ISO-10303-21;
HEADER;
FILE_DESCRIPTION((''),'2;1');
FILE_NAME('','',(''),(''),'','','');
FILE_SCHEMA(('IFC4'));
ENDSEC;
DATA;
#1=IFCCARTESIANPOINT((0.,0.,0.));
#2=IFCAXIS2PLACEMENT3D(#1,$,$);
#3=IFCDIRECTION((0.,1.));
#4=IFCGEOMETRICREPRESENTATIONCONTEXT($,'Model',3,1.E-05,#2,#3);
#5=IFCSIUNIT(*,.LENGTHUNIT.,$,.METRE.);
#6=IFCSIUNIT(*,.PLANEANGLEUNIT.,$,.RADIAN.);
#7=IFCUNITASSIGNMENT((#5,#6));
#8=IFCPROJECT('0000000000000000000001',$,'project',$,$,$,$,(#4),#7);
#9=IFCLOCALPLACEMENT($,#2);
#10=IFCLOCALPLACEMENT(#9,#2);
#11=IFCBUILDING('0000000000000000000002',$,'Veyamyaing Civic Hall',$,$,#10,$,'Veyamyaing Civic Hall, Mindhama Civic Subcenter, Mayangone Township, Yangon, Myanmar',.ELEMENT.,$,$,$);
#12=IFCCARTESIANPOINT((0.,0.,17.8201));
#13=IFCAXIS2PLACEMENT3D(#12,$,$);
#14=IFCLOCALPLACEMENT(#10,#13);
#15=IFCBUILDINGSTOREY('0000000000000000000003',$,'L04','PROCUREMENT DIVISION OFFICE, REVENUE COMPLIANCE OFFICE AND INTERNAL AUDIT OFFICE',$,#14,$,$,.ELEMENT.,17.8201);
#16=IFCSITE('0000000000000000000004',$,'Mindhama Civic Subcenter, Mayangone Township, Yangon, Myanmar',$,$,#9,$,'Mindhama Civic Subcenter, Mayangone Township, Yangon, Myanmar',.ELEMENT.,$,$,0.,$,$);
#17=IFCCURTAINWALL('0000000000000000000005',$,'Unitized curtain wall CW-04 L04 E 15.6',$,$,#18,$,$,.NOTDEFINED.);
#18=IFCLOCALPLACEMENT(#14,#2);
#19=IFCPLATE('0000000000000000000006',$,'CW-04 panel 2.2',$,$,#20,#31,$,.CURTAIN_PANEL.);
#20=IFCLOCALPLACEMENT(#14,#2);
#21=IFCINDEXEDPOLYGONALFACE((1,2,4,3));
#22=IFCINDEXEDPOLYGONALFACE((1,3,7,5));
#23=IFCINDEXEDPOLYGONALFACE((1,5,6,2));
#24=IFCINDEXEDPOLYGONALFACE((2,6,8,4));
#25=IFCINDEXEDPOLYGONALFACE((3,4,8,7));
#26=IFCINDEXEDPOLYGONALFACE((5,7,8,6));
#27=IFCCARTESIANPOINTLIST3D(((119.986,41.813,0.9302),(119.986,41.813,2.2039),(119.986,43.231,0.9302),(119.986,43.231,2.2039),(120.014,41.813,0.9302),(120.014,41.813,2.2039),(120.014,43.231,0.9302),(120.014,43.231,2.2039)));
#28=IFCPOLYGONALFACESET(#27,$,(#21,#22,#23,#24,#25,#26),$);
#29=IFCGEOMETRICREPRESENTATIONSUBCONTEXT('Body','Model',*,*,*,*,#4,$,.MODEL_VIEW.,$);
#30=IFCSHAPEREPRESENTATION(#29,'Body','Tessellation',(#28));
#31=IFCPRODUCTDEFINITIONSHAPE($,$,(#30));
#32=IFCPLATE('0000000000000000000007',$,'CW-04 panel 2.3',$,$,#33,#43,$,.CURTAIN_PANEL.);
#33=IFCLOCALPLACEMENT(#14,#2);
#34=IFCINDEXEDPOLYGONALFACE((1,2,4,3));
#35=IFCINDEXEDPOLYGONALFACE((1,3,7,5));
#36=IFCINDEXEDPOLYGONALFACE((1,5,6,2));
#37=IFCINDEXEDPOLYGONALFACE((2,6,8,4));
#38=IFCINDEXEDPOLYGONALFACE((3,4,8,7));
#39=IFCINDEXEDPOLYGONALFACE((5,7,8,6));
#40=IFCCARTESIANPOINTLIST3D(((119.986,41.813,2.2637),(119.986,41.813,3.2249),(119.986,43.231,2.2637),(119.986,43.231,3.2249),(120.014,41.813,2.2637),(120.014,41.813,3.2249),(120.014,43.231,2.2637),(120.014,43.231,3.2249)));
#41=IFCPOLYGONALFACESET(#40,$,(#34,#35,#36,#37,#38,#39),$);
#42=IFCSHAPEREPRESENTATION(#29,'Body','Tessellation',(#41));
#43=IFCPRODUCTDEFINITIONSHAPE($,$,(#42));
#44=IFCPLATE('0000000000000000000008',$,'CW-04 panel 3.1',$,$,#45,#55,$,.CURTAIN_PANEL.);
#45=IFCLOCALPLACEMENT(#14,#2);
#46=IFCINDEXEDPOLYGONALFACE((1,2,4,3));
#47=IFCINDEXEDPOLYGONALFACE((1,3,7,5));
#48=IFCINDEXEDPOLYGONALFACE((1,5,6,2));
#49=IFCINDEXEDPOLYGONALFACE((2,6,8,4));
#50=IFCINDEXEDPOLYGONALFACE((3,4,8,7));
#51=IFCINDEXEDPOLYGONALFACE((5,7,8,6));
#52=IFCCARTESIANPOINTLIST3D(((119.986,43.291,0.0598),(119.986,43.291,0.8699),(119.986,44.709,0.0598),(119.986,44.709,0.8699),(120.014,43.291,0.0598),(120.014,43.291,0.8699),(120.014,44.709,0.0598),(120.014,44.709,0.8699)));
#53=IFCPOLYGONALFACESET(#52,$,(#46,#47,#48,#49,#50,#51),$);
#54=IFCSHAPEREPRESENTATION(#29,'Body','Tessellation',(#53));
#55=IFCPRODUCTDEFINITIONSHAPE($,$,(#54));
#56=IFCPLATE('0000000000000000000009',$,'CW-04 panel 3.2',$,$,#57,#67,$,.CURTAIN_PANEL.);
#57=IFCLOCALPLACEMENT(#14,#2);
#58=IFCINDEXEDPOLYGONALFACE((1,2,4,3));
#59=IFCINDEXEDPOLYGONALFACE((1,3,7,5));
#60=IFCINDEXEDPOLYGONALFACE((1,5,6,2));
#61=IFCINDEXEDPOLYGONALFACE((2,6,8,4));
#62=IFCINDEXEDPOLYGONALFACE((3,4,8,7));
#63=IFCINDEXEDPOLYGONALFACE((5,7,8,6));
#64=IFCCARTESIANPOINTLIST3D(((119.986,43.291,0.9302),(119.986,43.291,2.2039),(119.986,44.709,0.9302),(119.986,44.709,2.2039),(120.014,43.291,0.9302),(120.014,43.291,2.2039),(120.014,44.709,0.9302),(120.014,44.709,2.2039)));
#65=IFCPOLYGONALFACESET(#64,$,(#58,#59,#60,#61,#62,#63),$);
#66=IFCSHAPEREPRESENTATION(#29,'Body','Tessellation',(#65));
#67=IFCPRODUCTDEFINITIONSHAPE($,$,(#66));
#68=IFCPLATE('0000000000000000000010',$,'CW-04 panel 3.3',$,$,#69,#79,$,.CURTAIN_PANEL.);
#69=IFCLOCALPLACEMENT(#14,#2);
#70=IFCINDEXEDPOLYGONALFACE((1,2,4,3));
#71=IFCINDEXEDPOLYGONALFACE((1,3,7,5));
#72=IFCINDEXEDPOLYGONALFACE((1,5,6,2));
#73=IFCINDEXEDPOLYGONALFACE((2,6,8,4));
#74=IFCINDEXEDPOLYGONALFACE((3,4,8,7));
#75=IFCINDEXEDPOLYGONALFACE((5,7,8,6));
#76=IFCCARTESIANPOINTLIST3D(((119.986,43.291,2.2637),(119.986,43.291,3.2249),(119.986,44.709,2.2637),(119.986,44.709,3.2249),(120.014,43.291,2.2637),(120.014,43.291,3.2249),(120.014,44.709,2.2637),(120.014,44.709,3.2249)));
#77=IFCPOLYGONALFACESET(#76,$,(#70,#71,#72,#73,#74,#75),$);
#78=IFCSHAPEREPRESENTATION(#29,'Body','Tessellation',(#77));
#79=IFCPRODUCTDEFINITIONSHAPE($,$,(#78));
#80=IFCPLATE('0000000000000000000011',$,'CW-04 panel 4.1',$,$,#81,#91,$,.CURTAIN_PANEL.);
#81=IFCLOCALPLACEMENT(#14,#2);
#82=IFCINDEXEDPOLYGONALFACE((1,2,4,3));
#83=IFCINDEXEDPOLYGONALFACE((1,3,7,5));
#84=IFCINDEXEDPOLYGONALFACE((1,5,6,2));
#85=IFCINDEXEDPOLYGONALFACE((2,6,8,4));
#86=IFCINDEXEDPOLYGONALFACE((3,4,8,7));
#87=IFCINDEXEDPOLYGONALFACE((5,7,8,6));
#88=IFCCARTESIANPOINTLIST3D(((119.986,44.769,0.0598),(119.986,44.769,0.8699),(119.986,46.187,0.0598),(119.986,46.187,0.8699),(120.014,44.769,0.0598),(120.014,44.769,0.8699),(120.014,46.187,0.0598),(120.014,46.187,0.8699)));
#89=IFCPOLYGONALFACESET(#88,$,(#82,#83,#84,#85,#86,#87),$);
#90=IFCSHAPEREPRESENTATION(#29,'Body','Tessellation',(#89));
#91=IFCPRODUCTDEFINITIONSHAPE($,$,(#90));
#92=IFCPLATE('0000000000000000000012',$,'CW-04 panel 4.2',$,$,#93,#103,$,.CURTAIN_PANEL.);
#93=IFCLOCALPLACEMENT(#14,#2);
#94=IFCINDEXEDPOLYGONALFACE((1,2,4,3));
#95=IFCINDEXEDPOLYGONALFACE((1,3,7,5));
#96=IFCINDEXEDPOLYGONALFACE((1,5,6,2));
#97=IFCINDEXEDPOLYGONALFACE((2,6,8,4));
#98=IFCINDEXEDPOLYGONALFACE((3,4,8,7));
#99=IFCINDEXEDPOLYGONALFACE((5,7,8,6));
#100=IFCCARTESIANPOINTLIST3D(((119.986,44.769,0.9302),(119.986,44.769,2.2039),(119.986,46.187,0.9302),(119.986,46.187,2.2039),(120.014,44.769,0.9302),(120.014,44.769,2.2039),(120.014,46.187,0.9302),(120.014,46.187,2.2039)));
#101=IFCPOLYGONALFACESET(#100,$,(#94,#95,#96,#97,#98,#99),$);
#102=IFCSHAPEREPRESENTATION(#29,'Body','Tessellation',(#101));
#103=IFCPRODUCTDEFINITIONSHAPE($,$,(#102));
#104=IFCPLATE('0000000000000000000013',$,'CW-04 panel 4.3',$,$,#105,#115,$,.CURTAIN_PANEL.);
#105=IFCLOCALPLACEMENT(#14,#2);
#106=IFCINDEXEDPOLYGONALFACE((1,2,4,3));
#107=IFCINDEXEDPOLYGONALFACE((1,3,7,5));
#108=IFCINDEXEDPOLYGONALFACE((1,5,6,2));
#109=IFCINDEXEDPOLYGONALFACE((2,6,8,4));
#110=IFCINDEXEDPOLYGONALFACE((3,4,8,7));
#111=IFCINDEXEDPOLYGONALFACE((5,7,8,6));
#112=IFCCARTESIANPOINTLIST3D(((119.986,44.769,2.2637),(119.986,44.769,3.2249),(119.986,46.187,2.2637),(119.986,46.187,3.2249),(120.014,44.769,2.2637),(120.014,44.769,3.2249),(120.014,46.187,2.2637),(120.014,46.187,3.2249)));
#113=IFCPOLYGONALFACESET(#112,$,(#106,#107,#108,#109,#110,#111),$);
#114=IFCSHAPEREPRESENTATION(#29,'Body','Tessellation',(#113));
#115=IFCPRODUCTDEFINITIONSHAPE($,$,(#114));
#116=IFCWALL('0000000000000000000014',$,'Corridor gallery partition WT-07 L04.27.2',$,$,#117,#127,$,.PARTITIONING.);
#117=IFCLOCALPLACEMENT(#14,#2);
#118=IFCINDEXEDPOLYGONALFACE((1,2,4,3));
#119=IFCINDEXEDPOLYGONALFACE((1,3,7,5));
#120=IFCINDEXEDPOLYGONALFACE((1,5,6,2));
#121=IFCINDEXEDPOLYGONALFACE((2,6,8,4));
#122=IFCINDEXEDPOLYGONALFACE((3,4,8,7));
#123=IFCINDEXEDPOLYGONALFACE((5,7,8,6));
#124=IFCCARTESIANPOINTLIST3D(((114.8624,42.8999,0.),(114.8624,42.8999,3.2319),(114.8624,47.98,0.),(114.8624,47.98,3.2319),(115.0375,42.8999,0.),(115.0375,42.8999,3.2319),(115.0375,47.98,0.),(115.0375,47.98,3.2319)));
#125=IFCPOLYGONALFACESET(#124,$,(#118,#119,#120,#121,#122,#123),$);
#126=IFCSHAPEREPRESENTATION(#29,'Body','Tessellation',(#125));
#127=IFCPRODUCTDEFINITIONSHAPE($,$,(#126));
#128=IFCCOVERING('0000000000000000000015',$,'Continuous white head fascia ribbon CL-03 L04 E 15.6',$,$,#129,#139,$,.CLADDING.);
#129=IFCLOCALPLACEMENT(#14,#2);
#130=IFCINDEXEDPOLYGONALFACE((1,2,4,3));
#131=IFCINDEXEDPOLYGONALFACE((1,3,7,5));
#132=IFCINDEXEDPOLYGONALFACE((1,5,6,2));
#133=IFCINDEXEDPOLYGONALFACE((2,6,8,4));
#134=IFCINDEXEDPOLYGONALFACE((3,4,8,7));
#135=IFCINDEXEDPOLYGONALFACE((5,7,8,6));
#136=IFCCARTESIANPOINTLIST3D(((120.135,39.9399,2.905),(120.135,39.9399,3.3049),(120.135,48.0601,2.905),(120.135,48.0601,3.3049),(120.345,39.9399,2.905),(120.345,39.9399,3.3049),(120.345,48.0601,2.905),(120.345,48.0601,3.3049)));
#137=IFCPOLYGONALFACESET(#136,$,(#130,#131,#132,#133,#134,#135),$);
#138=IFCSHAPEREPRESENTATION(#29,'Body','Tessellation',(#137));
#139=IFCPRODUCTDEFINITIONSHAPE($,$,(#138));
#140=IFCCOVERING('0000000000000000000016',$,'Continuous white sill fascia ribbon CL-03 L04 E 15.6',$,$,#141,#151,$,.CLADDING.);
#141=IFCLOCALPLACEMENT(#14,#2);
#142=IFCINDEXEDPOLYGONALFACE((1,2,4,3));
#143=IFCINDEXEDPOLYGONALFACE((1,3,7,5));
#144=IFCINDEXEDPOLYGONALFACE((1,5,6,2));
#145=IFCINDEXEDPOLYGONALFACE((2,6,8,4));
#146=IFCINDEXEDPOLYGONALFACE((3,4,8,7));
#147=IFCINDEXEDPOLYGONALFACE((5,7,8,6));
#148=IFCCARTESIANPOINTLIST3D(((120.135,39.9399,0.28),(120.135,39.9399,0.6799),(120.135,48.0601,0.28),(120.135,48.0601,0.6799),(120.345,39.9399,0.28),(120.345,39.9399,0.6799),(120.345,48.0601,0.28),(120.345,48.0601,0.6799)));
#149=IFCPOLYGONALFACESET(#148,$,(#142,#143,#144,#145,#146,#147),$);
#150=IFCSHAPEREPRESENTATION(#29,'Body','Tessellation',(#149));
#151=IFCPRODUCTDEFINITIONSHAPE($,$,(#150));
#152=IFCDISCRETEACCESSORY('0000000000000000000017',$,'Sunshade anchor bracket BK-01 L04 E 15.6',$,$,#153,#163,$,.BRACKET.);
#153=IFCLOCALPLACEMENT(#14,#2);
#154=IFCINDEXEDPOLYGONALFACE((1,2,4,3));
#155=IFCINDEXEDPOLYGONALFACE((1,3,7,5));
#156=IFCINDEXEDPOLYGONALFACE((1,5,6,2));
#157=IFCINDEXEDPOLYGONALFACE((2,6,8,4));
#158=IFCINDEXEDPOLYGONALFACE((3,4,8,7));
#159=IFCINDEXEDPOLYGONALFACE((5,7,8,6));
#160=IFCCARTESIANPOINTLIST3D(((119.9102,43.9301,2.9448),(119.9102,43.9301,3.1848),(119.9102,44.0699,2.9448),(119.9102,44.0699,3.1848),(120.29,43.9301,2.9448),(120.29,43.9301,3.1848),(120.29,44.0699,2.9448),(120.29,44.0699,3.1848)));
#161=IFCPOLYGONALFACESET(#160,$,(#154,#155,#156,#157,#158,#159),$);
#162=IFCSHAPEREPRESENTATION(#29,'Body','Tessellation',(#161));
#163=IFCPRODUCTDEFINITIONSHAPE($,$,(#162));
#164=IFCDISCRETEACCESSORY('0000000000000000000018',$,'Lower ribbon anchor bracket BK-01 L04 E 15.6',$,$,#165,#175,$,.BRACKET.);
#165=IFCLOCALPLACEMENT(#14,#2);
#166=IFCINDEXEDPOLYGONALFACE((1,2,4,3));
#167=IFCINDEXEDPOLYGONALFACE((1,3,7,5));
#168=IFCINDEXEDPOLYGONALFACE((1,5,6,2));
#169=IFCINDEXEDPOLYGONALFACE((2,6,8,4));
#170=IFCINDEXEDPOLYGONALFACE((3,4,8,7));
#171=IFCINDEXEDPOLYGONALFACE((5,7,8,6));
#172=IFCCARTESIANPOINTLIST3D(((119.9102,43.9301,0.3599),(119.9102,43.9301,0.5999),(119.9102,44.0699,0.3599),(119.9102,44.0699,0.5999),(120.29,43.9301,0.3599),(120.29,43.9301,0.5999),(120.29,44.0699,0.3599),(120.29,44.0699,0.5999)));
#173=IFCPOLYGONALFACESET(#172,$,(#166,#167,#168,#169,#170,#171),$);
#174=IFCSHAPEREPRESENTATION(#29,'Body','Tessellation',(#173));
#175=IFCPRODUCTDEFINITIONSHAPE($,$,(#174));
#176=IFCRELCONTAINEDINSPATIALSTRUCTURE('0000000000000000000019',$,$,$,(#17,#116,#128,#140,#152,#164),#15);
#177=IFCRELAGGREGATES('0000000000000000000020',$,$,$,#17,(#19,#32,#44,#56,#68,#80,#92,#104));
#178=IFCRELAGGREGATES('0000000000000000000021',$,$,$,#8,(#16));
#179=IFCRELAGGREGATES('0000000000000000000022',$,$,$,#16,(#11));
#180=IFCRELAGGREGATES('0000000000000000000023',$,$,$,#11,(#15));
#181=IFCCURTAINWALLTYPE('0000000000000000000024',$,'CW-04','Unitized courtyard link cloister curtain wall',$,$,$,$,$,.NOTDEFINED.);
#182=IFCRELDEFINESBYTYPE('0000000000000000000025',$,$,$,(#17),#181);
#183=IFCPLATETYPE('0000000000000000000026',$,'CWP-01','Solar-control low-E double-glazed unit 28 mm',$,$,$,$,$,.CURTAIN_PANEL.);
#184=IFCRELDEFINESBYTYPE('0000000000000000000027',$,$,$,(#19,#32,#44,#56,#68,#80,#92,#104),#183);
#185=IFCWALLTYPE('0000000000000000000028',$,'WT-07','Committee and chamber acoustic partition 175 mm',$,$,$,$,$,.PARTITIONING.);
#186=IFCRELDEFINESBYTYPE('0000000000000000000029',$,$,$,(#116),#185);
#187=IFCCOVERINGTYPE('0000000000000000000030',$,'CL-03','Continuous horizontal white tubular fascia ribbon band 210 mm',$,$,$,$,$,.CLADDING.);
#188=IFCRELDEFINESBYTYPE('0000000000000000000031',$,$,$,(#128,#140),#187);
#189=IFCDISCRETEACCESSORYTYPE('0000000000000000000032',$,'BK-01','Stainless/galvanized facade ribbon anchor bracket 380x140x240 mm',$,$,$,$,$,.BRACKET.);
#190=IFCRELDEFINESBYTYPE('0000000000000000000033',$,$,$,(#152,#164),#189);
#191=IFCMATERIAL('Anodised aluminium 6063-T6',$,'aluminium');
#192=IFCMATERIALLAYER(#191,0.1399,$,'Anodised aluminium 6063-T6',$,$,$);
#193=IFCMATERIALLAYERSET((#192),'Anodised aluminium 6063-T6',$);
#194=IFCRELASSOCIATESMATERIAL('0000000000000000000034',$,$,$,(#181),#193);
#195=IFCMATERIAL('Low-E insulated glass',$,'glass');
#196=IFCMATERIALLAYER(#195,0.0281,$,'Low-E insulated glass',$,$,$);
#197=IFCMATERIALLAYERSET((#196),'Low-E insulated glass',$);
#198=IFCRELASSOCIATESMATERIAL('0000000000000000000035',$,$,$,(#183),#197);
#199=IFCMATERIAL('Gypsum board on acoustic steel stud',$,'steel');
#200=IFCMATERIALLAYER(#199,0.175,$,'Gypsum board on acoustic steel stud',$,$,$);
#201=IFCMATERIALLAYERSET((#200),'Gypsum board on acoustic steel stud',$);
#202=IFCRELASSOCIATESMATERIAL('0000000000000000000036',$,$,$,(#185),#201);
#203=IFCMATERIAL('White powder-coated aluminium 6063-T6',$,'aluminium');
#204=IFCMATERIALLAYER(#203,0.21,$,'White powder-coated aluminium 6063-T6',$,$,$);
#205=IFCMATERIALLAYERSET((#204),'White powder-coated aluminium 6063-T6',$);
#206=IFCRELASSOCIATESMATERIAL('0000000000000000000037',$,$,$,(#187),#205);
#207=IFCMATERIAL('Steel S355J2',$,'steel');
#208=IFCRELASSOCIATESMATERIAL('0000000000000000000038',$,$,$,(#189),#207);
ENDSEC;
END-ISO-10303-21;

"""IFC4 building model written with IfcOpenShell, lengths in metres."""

from ifc_helpers import new_model, si_unit, direction, frame, frame_2d, origin, origin_2d, place, context, subcontext, project, spatial, rectangle, extrude, material, layer, layer_set, type_object, element, aggregate, save


model = new_model("IFC4")

# Units and contexts
model_context = context("Model", 3, precision=1e-05, world=origin(), true_north=direction((0.0, 1.0)))
body_context = subcontext(model_context, "Body", "Model", "MODEL_VIEW")
ifc_project = project(units=[si_unit("LENGTHUNIT", "METRE"), si_unit("PLANEANGLEUNIT", "RADIAN")], contexts=[model_context])

# Site, building, storey
site_placement = place(None, origin())
site = spatial("IfcSite", under=ifc_project, at=site_placement, Name="Mindhama Civic Subcenter, Mayangone Township, Yangon, Myanmar", LongName="Mindhama Civic Subcenter, Mayangone Township, Yangon, Myanmar", CompositionType="ELEMENT", RefElevation=0.0)
building_placement = place(site_placement, origin())
building = spatial("IfcBuilding", under=site, at=building_placement, Name="Veyamyaing Civic Hall", LongName="Veyamyaing Civic Hall, Mindhama Civic Subcenter, Mayangone Township, Yangon, Myanmar", CompositionType="ELEMENT")
storey_placement = place(building_placement, frame((0.0, 0.0, 17.8201)))
storey = spatial("IfcBuildingStorey", under=building, at=storey_placement, Name="L04", Description="PROCUREMENT DIVISION OFFICE, REVENUE COMPLIANCE OFFICE AND INTERNAL AUDIT OFFICE", CompositionType="ELEMENT", Elevation=17.8201)

# Curtain wall, plates
ifc_material_1 = material(Name="Anodised aluminium 6063-T6", Category="aluminium")
ifc_layer_1 = layer(ifc_material_1, 0.1399, Name="Anodised aluminium 6063-T6")
ifc_layer_set_1 = layer_set([ifc_layer_1], Name="Anodised aluminium 6063-T6")
curtain_wall_type = type_object("IfcCurtainWallType", Name="CW-04", Description="Unitized courtyard link cloister curtain wall", PredefinedType="NOTDEFINED", material=ifc_layer_set_1)
curtain_wall_placement = place(storey_placement, origin())
curtain_wall = element("IfcCurtainWall", 1, at=curtain_wall_placement, inside=storey, type_object=curtain_wall_type, Name="Unitized curtain wall CW-04 L04 E 15.6", PredefinedType="NOTDEFINED")
ifc_material_2 = material(Name="Low-E insulated glass", Category="glass")
ifc_layer_2 = layer(ifc_material_2, 0.0281, Name="Low-E insulated glass")
ifc_layer_set_2 = layer_set([ifc_layer_2], Name="Low-E insulated glass")
plate_type = type_object("IfcPlateType", Name="CWP-01", Description="Solar-control low-E double-glazed unit 28 mm", PredefinedType="CURTAIN_PANEL", material=ifc_layer_set_2)
plate_1_placement = place(storey_placement, frame((120.0, 42.522, 0.9302), z_axis=(0.0, 0.0, 1.0), x_axis=(0.0, 1.0, 0.0)))
plate_1 = element("IfcPlate", 2, at=plate_1_placement, type_object=plate_type, Name="CW-04 panel 2.2", PredefinedType="CURTAIN_PANEL", context=body_context, shape_type="SweptSolid", body=[
    extrude(rectangle(XDim=1.418, YDim=0.0281, at=origin_2d()), origin(), (0.0, 0.0, 1.0), 1.2737),
])
plate_2_placement = place(storey_placement, frame((120.0, 42.522, 2.2637), z_axis=(0.0, 0.0, 1.0), x_axis=(0.0, 1.0, 0.0)))
plate_2 = element("IfcPlate", 3, at=plate_2_placement, type_object=plate_type, Name="CW-04 panel 2.3", PredefinedType="CURTAIN_PANEL", context=body_context, shape_type="SweptSolid", body=[
    extrude(rectangle(XDim=1.418, YDim=0.0281, at=origin_2d()), origin(), (0.0, 0.0, 1.0), 0.9612),
])
plate_3_placement = place(storey_placement, frame((120.0, 44.0, 0.0598), z_axis=(0.0, 0.0, 1.0), x_axis=(0.0, 1.0, 0.0)))
plate_3 = element("IfcPlate", 4, at=plate_3_placement, type_object=plate_type, Name="CW-04 panel 3.1", PredefinedType="CURTAIN_PANEL", context=body_context, shape_type="SweptSolid", body=[
    extrude(rectangle(XDim=1.418, YDim=0.0281, at=origin_2d()), origin(), (0.0, 0.0, 1.0), 0.8101),
])
plate_4_placement = place(storey_placement, frame((120.0, 44.0, 0.9302), z_axis=(0.0, 0.0, 1.0), x_axis=(0.0, 1.0, 0.0)))
plate_4 = element("IfcPlate", 5, at=plate_4_placement, type_object=plate_type, Name="CW-04 panel 3.2", PredefinedType="CURTAIN_PANEL", context=body_context, shape_type="SweptSolid", body=[
    extrude(rectangle(XDim=1.418, YDim=0.0281, at=origin_2d()), origin(), (0.0, 0.0, 1.0), 1.2737),
])
plate_5_placement = place(storey_placement, frame((120.0, 44.0, 2.2637), z_axis=(0.0, 0.0, 1.0), x_axis=(0.0, 1.0, 0.0)))
plate_5 = element("IfcPlate", 6, at=plate_5_placement, type_object=plate_type, Name="CW-04 panel 3.3", PredefinedType="CURTAIN_PANEL", context=body_context, shape_type="SweptSolid", body=[
    extrude(rectangle(XDim=1.418, YDim=0.0281, at=origin_2d()), origin(), (0.0, 0.0, 1.0), 0.9612),
])
plate_6_placement = place(storey_placement, frame((120.0, 45.478, 0.0598), z_axis=(0.0, 0.0, 1.0), x_axis=(0.0, 1.0, 0.0)))
plate_6 = element("IfcPlate", 7, at=plate_6_placement, type_object=plate_type, Name="CW-04 panel 4.1", PredefinedType="CURTAIN_PANEL", context=body_context, shape_type="SweptSolid", body=[
    extrude(rectangle(XDim=1.418, YDim=0.0281, at=origin_2d()), origin(), (0.0, 0.0, 1.0), 0.8101),
])
plate_7_placement = place(storey_placement, frame((120.0, 45.478, 0.9302), z_axis=(0.0, 0.0, 1.0), x_axis=(0.0, 1.0, 0.0)))
plate_7 = element("IfcPlate", 8, at=plate_7_placement, type_object=plate_type, Name="CW-04 panel 4.2", PredefinedType="CURTAIN_PANEL", context=body_context, shape_type="SweptSolid", body=[
    extrude(rectangle(XDim=1.418, YDim=0.0281, at=origin_2d()), origin(), (0.0, 0.0, 1.0), 1.2737),
])
plate_8_placement = place(storey_placement, frame((120.0, 45.478, 2.2637), z_axis=(0.0, 0.0, 1.0), x_axis=(0.0, 1.0, 0.0)))
plate_8 = element("IfcPlate", 9, at=plate_8_placement, type_object=plate_type, Name="CW-04 panel 4.3", PredefinedType="CURTAIN_PANEL", context=body_context, shape_type="SweptSolid", body=[
    extrude(rectangle(XDim=1.418, YDim=0.0281, at=origin_2d()), origin(), (0.0, 0.0, 1.0), 0.9612),
])
aggregate(curtain_wall, [plate_1, plate_2, plate_3, plate_4, plate_5, plate_6, plate_7, plate_8])

# Shared definitions
ifc_material_3 = material(Name="Gypsum board on acoustic steel stud", Category="steel")
ifc_layer_3 = layer(ifc_material_3, 0.175, Name="Gypsum board on acoustic steel stud")
ifc_layer_set_3 = layer_set([ifc_layer_3], Name="Gypsum board on acoustic steel stud")
wall_type = type_object("IfcWallType", Name="WT-07", Description="Committee and chamber acoustic partition 175 mm", PredefinedType="PARTITIONING", material=ifc_layer_set_3)

# Wall
wall_1_placement = place(storey_placement, frame((114.95, 42.8999, 0.0), z_axis=(0.0, 0.0, 1.0), x_axis=(0.0, 1.0, 0.0)))
element("IfcWall", 10, at=wall_1_placement, inside=storey, type_object=wall_type, Name="Corridor gallery partition WT-07 L04.27.2", PredefinedType="PARTITIONING", context=body_context, shape_type="SweptSolid", body=[
    extrude(rectangle(XDim=5.0801, YDim=0.175, at=frame_2d((2.54, 0.0))), origin(), (0.0, 0.0, 1.0), 3.2319),
])

# Coverings
ifc_material_4 = material(Name="White powder-coated aluminium 6063-T6", Category="aluminium")
ifc_layer_4 = layer(ifc_material_4, 0.21, Name="White powder-coated aluminium 6063-T6")
ifc_layer_set_4 = layer_set([ifc_layer_4], Name="White powder-coated aluminium 6063-T6")
covering_type = type_object("IfcCoveringType", Name="CL-03", Description="Continuous horizontal white tubular fascia ribbon band 210 mm", PredefinedType="CLADDING", material=ifc_layer_set_4)
for number, where, z_axis, x_axis, name in (
    (11, (120.24, 44.0, 2.905), (0.0, 0.0, 1.0), (0.0, 1.0, 0.0), "Continuous white head fascia ribbon CL-03 L04 E 15.6"),
    (12, (120.24, 44.0, 0.28), (0.0, 0.0, 1.0), (0.0, 1.0, 0.0), "Continuous white sill fascia ribbon CL-03 L04 E 15.6"),
):
    element("IfcCovering", number, at=place(storey_placement, frame(where, z_axis=z_axis, x_axis=x_axis)), inside=storey, type_object=covering_type, Name=name, PredefinedType="CLADDING", context=body_context, shape_type="SweptSolid", body=[
        extrude(rectangle(XDim=8.1201, YDim=0.21, at=origin_2d()), origin(), (0.0, 0.0, 1.0), 0.3999),
    ])

# Discrete accessories
ifc_material_5 = material(Name="Steel S355J2", Category="steel")
discrete_accessory_type = type_object("IfcDiscreteAccessoryType", Name="BK-01", Description="Stainless/galvanized facade ribbon anchor bracket 380x140x240 mm", PredefinedType="BRACKET", material=ifc_material_5)
for number, where, z_axis, x_axis, name in (
    (13, (120.1001, 44.0, 2.9448), (0.0, 0.0, 1.0), (1.0, 0.0, 0.0), "Sunshade anchor bracket BK-01 L04 E 15.6"),
    (14, (120.1001, 44.0, 0.3599), (0.0, 0.0, 1.0), (1.0, 0.0, 0.0), "Lower ribbon anchor bracket BK-01 L04 E 15.6"),
):
    element("IfcDiscreteAccessory", number, at=place(storey_placement, frame(where, z_axis=z_axis, x_axis=x_axis)), inside=storey, type_object=discrete_accessory_type, Name=name, PredefinedType="BRACKET", context=body_context, shape_type="SweptSolid", body=[
        extrude(rectangle(XDim=0.3799, YDim=0.1399, at=origin_2d()), origin(), (0.0, 0.0, 1.0), 0.24),
    ])

save(model, "model.ifc")
